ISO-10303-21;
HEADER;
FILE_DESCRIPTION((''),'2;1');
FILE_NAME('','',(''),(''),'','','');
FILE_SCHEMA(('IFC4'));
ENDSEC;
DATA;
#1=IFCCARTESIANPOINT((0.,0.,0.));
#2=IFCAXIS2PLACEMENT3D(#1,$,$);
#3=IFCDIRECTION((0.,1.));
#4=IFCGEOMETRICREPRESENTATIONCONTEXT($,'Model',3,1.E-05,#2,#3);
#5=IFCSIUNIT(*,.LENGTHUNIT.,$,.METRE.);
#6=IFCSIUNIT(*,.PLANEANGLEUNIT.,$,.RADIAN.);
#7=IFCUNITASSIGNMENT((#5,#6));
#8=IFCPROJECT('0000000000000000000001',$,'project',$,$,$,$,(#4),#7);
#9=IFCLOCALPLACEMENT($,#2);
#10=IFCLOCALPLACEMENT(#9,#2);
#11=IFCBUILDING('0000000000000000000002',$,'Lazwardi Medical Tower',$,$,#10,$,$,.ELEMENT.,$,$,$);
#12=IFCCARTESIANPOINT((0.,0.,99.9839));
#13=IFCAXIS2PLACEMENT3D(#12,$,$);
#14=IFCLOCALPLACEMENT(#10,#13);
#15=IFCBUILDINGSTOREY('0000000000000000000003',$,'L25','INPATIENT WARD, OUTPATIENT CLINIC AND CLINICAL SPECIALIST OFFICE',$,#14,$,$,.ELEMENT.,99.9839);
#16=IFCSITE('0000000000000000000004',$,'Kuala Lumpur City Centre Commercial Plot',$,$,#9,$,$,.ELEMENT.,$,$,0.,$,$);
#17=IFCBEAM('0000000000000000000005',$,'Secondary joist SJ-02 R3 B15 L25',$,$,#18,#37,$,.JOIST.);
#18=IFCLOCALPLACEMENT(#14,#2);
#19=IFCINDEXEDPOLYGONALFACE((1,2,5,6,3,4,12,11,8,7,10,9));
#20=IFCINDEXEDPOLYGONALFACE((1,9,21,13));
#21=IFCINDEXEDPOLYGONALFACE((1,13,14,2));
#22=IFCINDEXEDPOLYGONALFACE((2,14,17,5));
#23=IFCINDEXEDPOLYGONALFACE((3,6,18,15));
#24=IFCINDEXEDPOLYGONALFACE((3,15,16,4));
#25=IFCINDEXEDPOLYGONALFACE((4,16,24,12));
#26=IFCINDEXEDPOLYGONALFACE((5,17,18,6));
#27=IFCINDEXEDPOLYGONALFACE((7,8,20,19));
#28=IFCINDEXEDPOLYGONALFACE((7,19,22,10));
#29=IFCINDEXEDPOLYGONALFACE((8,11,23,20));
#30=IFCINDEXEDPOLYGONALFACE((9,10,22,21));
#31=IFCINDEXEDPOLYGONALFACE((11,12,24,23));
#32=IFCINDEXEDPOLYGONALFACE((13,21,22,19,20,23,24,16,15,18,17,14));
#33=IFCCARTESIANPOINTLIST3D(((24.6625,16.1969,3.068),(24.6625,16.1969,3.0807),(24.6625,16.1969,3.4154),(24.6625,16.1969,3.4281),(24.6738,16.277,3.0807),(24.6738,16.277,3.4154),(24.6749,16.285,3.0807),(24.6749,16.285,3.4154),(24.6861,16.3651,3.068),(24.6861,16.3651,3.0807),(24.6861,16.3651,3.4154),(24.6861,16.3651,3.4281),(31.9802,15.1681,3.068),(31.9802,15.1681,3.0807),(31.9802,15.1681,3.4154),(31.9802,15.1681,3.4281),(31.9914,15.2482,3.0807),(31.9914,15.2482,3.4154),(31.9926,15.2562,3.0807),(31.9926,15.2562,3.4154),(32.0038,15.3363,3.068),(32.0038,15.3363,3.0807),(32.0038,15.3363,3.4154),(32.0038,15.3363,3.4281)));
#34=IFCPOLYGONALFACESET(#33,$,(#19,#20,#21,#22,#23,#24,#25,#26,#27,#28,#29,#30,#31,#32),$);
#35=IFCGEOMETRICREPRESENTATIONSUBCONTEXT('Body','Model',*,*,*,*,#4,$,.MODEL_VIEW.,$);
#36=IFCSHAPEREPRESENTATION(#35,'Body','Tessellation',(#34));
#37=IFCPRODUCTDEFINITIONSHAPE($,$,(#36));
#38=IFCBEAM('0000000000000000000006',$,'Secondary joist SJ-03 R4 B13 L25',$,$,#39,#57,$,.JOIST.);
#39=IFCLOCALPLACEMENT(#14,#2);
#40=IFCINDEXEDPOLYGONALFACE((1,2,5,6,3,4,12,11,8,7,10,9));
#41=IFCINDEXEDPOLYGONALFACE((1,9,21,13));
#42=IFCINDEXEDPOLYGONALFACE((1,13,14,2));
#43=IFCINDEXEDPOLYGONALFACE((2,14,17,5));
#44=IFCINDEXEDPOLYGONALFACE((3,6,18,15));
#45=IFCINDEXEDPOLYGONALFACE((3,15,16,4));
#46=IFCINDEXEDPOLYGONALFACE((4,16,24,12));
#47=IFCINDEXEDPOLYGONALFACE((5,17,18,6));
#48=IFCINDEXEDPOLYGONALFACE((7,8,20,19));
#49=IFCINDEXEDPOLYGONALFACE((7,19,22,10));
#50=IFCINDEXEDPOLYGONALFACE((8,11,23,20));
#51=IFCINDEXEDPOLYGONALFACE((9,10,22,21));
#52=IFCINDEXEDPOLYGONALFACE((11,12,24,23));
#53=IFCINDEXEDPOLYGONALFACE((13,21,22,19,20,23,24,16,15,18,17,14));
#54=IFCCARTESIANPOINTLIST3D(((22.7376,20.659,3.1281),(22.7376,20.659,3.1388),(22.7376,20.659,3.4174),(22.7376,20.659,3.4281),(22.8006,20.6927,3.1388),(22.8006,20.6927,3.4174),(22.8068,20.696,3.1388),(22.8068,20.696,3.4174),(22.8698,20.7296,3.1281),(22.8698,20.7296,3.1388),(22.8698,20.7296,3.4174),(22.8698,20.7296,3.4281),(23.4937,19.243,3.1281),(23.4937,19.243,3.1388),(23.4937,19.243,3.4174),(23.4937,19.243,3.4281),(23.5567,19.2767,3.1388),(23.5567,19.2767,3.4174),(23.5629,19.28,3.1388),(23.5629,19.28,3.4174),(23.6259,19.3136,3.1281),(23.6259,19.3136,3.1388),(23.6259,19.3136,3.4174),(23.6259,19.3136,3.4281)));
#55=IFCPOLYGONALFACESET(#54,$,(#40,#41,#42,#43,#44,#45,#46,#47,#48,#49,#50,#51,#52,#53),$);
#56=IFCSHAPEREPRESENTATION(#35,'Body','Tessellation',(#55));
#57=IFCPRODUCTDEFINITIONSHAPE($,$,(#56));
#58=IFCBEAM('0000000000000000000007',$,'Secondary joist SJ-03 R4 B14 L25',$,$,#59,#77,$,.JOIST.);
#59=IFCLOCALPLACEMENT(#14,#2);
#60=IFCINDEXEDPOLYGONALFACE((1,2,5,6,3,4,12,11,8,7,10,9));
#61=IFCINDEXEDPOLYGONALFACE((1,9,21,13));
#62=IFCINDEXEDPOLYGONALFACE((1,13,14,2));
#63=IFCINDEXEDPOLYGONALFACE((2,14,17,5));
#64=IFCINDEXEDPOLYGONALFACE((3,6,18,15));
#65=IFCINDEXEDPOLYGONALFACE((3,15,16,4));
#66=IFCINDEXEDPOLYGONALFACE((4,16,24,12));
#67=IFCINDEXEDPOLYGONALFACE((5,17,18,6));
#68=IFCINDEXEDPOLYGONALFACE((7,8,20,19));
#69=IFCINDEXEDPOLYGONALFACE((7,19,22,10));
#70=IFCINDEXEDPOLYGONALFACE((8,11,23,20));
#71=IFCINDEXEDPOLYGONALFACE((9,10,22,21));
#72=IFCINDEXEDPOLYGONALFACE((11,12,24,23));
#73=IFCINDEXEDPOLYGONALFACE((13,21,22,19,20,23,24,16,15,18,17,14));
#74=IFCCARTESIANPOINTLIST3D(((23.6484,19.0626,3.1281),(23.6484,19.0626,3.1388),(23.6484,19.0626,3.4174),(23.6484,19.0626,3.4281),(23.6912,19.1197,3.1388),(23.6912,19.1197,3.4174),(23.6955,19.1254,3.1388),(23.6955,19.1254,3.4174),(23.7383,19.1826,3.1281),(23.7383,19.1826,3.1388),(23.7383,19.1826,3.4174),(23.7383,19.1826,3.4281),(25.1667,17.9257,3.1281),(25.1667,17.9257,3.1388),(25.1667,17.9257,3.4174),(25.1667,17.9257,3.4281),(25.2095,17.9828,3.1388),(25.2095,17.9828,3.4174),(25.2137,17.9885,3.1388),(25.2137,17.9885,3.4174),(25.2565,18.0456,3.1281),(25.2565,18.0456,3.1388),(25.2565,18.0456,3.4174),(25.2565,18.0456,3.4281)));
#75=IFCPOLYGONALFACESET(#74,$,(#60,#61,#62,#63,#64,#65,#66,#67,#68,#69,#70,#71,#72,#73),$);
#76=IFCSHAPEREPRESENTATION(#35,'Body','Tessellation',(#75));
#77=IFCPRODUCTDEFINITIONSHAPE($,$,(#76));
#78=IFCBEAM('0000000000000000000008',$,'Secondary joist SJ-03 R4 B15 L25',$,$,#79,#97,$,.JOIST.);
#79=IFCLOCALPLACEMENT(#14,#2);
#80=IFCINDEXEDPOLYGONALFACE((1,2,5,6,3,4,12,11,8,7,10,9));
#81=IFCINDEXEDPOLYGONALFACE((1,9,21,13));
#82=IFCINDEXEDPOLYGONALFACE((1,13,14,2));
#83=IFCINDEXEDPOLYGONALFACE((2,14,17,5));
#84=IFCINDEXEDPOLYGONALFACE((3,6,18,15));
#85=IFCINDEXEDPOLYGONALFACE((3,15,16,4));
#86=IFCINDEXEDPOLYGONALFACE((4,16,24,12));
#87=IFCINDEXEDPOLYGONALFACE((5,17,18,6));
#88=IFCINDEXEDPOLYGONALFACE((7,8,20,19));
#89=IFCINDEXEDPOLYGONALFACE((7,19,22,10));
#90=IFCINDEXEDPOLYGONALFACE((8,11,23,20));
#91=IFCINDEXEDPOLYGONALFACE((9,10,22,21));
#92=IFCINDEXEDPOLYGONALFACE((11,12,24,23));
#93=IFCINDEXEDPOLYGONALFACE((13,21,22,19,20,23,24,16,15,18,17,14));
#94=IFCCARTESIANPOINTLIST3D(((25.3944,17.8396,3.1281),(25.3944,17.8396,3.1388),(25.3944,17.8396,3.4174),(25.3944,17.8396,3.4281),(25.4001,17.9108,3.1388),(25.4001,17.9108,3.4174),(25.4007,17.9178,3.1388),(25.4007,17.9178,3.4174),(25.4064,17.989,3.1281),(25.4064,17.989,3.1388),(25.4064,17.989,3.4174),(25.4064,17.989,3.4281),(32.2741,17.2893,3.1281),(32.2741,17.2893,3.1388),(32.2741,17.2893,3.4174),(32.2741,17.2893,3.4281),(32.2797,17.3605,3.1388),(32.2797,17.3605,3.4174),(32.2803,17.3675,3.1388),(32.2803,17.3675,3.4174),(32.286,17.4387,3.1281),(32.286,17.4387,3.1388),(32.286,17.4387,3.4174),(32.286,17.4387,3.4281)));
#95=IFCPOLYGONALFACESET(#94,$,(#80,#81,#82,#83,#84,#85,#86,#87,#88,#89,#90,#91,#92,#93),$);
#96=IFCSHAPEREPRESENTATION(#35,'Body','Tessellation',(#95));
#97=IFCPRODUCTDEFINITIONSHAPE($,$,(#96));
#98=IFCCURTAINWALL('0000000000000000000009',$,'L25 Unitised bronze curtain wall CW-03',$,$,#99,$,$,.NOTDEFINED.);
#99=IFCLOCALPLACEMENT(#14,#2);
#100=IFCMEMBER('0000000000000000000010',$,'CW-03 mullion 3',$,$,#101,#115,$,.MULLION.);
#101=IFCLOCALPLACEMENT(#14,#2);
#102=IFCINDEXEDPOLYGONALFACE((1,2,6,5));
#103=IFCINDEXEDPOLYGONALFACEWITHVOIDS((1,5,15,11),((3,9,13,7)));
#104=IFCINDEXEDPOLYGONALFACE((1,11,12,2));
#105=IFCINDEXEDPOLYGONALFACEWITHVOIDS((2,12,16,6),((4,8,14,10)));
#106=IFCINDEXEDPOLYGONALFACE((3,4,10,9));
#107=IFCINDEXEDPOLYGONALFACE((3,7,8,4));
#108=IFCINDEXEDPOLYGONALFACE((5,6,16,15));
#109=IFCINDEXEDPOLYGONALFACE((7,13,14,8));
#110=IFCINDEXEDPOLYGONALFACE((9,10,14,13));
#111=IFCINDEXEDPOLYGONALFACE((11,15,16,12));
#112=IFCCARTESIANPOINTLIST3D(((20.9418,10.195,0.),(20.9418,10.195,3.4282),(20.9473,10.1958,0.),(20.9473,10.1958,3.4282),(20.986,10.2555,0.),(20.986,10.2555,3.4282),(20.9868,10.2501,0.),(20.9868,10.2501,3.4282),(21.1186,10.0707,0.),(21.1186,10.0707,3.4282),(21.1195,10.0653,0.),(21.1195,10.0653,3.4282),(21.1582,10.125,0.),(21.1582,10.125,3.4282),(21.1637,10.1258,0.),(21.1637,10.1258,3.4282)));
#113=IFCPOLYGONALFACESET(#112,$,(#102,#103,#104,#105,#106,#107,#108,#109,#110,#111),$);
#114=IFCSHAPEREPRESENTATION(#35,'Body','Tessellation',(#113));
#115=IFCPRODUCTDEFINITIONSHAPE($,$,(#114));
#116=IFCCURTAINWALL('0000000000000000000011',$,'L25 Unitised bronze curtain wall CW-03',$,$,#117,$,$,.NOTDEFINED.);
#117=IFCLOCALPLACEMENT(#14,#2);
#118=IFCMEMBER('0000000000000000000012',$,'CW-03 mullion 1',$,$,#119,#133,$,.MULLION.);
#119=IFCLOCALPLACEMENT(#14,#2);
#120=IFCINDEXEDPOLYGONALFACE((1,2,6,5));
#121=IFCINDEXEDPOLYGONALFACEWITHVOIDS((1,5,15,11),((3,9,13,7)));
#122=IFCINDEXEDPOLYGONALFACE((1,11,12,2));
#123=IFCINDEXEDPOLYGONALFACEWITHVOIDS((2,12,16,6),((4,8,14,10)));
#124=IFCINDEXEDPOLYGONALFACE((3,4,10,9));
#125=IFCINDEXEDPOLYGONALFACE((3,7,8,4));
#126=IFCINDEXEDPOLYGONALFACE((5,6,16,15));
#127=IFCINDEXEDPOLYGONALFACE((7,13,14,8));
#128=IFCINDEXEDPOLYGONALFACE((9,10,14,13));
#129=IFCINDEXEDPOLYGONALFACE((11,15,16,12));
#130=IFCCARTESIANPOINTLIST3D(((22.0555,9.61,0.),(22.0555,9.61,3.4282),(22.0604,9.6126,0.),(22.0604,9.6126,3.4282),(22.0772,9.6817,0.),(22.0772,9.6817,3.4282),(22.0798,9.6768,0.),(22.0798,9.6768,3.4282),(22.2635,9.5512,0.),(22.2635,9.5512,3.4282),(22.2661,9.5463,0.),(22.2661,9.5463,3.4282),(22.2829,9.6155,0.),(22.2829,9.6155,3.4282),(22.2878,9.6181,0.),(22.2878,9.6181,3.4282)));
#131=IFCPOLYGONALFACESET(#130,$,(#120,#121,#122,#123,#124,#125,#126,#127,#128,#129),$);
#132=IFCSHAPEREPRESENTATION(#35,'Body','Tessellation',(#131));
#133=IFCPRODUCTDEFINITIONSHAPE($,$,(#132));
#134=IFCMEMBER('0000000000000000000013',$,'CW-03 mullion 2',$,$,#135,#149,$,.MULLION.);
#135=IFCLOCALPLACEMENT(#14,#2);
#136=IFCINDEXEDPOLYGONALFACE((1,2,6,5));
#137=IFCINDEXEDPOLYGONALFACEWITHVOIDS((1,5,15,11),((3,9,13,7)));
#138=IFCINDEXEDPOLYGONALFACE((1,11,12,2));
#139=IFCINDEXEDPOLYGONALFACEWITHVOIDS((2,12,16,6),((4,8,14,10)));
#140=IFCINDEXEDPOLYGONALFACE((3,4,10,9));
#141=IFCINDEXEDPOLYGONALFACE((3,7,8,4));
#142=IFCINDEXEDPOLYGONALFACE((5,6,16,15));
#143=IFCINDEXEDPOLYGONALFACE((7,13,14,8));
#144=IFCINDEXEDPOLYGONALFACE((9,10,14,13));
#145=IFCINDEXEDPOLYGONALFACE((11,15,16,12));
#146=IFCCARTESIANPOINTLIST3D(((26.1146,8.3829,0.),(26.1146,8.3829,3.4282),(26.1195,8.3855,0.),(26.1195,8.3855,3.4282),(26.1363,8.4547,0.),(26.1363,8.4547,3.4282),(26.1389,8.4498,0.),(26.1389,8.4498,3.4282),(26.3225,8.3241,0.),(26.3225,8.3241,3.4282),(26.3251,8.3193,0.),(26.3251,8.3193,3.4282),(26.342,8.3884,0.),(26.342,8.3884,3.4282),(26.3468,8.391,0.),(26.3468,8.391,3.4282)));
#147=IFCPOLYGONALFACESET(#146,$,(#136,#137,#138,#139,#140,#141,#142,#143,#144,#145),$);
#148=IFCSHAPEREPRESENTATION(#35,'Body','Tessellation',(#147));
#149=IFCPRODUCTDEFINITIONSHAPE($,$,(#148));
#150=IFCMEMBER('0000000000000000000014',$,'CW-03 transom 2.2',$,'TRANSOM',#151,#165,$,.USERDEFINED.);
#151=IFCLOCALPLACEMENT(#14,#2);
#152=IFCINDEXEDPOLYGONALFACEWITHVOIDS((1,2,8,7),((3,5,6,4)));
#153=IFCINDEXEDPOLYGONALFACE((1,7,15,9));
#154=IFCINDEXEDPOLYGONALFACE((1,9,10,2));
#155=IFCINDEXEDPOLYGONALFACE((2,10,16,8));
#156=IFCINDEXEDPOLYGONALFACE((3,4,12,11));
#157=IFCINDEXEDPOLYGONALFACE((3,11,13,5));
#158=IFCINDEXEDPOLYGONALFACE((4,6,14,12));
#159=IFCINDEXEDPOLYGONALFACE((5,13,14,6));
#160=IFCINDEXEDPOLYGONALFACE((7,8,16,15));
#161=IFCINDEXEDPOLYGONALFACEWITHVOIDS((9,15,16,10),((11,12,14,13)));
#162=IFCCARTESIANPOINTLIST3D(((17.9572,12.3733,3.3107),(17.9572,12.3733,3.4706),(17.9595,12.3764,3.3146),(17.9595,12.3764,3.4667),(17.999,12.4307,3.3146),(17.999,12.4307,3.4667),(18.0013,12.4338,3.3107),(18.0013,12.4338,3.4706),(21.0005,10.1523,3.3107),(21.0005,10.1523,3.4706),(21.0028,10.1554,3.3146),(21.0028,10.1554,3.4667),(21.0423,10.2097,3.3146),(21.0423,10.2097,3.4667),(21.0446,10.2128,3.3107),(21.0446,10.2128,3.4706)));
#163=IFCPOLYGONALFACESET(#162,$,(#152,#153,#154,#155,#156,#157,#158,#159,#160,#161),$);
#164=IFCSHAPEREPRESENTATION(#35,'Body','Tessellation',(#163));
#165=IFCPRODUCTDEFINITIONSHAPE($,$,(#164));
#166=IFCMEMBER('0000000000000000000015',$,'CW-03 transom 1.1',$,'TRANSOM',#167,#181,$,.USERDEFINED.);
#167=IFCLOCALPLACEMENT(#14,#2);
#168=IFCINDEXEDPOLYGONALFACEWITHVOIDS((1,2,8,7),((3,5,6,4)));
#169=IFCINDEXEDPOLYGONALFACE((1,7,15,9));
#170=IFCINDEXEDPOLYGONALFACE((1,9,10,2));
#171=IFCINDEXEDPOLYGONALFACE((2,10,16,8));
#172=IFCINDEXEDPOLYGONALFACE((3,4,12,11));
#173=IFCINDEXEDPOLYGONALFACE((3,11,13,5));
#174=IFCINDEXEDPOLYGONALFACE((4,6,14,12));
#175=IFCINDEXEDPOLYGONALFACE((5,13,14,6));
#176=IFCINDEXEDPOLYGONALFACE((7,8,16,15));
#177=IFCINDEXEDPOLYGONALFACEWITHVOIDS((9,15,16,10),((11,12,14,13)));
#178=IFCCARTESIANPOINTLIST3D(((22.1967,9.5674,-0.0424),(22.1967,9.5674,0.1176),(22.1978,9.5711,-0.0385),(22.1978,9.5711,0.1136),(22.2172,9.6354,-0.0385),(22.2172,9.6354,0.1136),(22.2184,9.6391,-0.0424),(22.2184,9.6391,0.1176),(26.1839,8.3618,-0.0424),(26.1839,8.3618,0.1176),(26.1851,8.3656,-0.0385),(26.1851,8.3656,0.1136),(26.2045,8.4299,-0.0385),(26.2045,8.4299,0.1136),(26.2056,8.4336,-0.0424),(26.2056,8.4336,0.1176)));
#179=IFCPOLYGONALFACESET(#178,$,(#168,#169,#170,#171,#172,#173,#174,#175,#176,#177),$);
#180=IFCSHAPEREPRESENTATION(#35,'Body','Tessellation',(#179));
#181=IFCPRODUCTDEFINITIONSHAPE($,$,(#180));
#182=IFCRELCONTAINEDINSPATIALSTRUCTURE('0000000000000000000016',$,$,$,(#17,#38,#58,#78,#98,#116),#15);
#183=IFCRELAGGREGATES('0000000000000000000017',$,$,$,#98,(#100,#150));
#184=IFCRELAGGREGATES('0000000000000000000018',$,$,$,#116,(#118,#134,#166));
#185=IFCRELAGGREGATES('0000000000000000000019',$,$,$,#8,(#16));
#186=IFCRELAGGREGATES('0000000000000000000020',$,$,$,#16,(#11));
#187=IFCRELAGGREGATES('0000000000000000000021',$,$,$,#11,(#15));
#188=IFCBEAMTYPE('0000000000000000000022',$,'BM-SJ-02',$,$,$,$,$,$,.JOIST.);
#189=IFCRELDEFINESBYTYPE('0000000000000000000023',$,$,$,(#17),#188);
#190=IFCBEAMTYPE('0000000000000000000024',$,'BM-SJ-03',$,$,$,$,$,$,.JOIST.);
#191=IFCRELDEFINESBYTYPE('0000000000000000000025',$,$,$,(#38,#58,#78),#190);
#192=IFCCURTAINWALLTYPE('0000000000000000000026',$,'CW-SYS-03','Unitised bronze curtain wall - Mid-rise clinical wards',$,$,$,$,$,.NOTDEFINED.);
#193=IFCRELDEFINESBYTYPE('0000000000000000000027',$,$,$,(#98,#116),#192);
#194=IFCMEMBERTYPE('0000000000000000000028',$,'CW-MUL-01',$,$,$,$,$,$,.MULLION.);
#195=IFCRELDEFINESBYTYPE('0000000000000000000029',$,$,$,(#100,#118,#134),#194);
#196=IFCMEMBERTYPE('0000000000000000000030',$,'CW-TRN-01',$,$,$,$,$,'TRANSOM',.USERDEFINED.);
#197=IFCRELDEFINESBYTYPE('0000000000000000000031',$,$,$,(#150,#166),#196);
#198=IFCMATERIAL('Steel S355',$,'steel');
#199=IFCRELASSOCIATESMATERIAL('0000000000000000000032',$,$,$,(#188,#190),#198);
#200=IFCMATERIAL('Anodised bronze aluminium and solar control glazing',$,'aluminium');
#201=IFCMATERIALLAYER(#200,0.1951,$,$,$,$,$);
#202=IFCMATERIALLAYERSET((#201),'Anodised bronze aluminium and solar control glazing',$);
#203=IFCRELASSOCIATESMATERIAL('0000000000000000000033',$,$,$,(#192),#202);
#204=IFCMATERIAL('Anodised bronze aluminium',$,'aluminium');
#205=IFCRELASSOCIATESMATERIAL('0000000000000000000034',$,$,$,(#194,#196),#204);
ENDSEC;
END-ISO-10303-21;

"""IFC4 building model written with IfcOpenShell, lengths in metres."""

from ifc_helpers import new_model, si_unit, direction, frame, origin, origin_2d, place, context, subcontext, project, spatial, hollow_rectangle, i_section, extrude, material, layer, layer_set, material_profile, profile_set, type_object, element, aggregate, save


model = new_model("IFC4")

# Units and contexts
model_context = context("Model", 3, precision=1e-05, world=origin(), true_north=direction((0.0, 1.0)))
body_context = subcontext(model_context, "Body", "Model", "MODEL_VIEW")
ifc_project = project(units=[si_unit("LENGTHUNIT", "METRE"), si_unit("PLANEANGLEUNIT", "RADIAN")], contexts=[model_context])

# Site, building, storey
site_placement = place(None, origin())
site = spatial("IfcSite", under=ifc_project, at=site_placement, Name="Kuala Lumpur City Centre Commercial Plot", CompositionType="ELEMENT", RefElevation=0.0)
building_placement = place(site_placement, origin())
building = spatial("IfcBuilding", under=site, at=building_placement, Name="Lazwardi Medical Tower", CompositionType="ELEMENT")
storey_placement = place(building_placement, frame((0.0, 0.0, 99.9839)))
storey = spatial("IfcBuildingStorey", under=building, at=storey_placement, Name="L25", Description="INPATIENT WARD, OUTPATIENT CLINIC AND CLINICAL SPECIALIST OFFICE", CompositionType="ELEMENT", Elevation=99.9839)

# Beams
ifc_material_1 = material(Name="Steel S355", Category="steel")
ifc_material_profile_1 = material_profile(ifc_material_1, i_section(OverallWidth=0.1699, OverallDepth=0.3601, WebThickness=0.0081, FlangeThickness=0.0127, at=origin_2d()), Name="IPE 360")
ifc_profile_set_1 = profile_set([ifc_material_profile_1], Name="Steel S355")
beam_type_1 = type_object("IfcBeamType", Name="BM-SJ-02", PredefinedType="JOIST", material=ifc_profile_set_1)
beam_1_placement = place(storey_placement, frame((24.6743, 16.281, 3.248), z_axis=(0.990261, -0.139224, 0.0), x_axis=(0.139224, 0.990261, 0.0)))
element("IfcBeam", 1, at=beam_1_placement, inside=storey, type_object=beam_type_1, Name="Secondary joist SJ-02 R3 B15 L25", PredefinedType="JOIST", context=body_context, shape_type="SweptSolid", body=[
    extrude(i_section(OverallWidth=0.1699, OverallDepth=0.3601, WebThickness=0.0081, FlangeThickness=0.0127, at=origin_2d()), origin(), (0.0, 0.0, 1.0), 7.3896),
])
ifc_material_profile_2 = material_profile(ifc_material_1, i_section(OverallWidth=0.1499, OverallDepth=0.3, WebThickness=0.0071, FlangeThickness=0.0107, at=origin_2d()), Name="IPE 300")
ifc_profile_set_2 = profile_set([ifc_material_profile_2], Name="Steel S355")
beam_type_2 = type_object("IfcBeamType", Name="BM-SJ-03", PredefinedType="JOIST", material=ifc_profile_set_2)
beam_2_placement = place(storey_placement, frame((22.8037, 20.6943, 3.2781), z_axis=(0.471022, -0.882121, 0.0), x_axis=(0.882121, 0.471022, 0.0)))
element("IfcBeam", 2, at=beam_2_placement, inside=storey, type_object=beam_type_2, Name="Secondary joist SJ-03 R4 B13 L25", PredefinedType="JOIST", context=body_context, shape_type="SweptSolid", body=[
    extrude(i_section(OverallWidth=0.1499, OverallDepth=0.3, WebThickness=0.0071, FlangeThickness=0.0107, at=origin_2d()), origin(), (0.0, 0.0, 1.0), 1.6052),
])
beam_3_placement = place(storey_placement, frame((23.6934, 19.1226, 3.2781), z_axis=(0.800448, -0.599403, 0.0), x_axis=(0.599403, 0.800448, 0.0)))
element("IfcBeam", 3, at=beam_3_placement, inside=storey, type_object=beam_type_2, Name="Secondary joist SJ-03 R4 B14 L25", PredefinedType="JOIST", context=body_context, shape_type="SweptSolid", body=[
    extrude(i_section(OverallWidth=0.1499, OverallDepth=0.3, WebThickness=0.0071, FlangeThickness=0.0107, at=origin_2d()), origin(), (0.0, 0.0, 1.0), 1.8967),
])
beam_4_placement = place(storey_placement, frame((25.4004, 17.9143, 3.2781), z_axis=(0.996816, -0.079734, 0.0), x_axis=(0.079734, 0.996816, 0.0)))
element("IfcBeam", 4, at=beam_4_placement, inside=storey, type_object=beam_type_2, Name="Secondary joist SJ-03 R4 B15 L25", PredefinedType="JOIST", context=body_context, shape_type="SweptSolid", body=[
    extrude(i_section(OverallWidth=0.1499, OverallDepth=0.3, WebThickness=0.0071, FlangeThickness=0.0107, at=origin_2d()), origin(), (0.0, 0.0, 1.0), 6.9016),
])

# Curtain wall, member
ifc_material_2 = material(Name="Anodised bronze aluminium and solar control glazing", Category="aluminium")
ifc_layer_1 = layer(ifc_material_2, 0.1951)
ifc_layer_set_1 = layer_set([ifc_layer_1], Name="Anodised bronze aluminium and solar control glazing")
curtain_wall_type = type_object("IfcCurtainWallType", Name="CW-SYS-03", Description="Unitised bronze curtain wall - Mid-rise clinical wards", PredefinedType="NOTDEFINED", material=ifc_layer_set_1)
curtain_wall_1_placement = place(storey_placement, origin())
curtain_wall_1 = element("IfcCurtainWall", 5, at=curtain_wall_1_placement, inside=storey, type_object=curtain_wall_type, Name="L25 Unitised bronze curtain wall CW-03", PredefinedType="NOTDEFINED")
ifc_material_3 = material(Name="Anodised bronze aluminium", Category="aluminium")
ifc_material_profile_3 = material_profile(ifc_material_3, hollow_rectangle(XDim=0.075, YDim=0.22, WallThickness=0.0039, at=origin_2d()), Name="ALU-MULLION 220x75x4")
ifc_profile_set_3 = profile_set([ifc_material_profile_3], Name="Anodised bronze aluminium")
member_type_1 = type_object("IfcMemberType", Name="CW-MUL-01", PredefinedType="MULLION", material=ifc_profile_set_3)
member_1_placement = place(storey_placement, frame((21.0527, 10.1604, 0.0), z_axis=(0.0, 0.0, 1.0), x_axis=(0.589531, 0.807746, 0.0)))
member_1 = element("IfcMember", 6, at=member_1_placement, type_object=member_type_1, Name="CW-03 mullion 3", PredefinedType="MULLION", context=body_context, shape_type="SweptSolid", body=[
    extrude(hollow_rectangle(XDim=0.075, YDim=0.22, WallThickness=0.0039, at=origin_2d()), origin(), (0.0, 0.0, 1.0), 3.4282),
])

# Curtain wall, members
curtain_wall_2_placement = place(storey_placement, origin())
curtain_wall_2 = element("IfcCurtainWall", 7, at=curtain_wall_2_placement, inside=storey, type_object=curtain_wall_type, Name="L25 Unitised bronze curtain wall CW-03", PredefinedType="NOTDEFINED")
member_2_placement = place(storey_placement, frame((22.1716, 9.614, 0.0), z_axis=(0.0, 0.0, 1.0), x_axis=(0.289374, 0.957216, 0.0)))
member_2 = element("IfcMember", 8, at=member_2_placement, type_object=member_type_1, Name="CW-03 mullion 1", PredefinedType="MULLION", context=body_context, shape_type="SweptSolid", body=[
    extrude(hollow_rectangle(XDim=0.075, YDim=0.22, WallThickness=0.0039, at=origin_2d()), origin(), (0.0, 0.0, 1.0), 3.4282),
])
member_3_placement = place(storey_placement, frame((26.2307, 8.387, 0.0), z_axis=(0.0, 0.0, 1.0), x_axis=(0.289374, 0.957216, 0.0)))
member_3 = element("IfcMember", 9, at=member_3_placement, type_object=member_type_1, Name="CW-03 mullion 2", PredefinedType="MULLION", context=body_context, shape_type="SweptSolid", body=[
    extrude(hollow_rectangle(XDim=0.075, YDim=0.22, WallThickness=0.0039, at=origin_2d()), origin(), (0.0, 0.0, 1.0), 3.4282),
])

# Members
ifc_material_profile_4 = material_profile(ifc_material_3, hollow_rectangle(XDim=0.075, YDim=0.1599, WallThickness=0.0039, at=origin_2d()), Name="ALU-TRANSOM 160x75x4")
ifc_profile_set_4 = profile_set([ifc_material_profile_4], Name="Anodised bronze aluminium")
member_type_2 = type_object("IfcMemberType", Name="CW-TRN-01", ElementType="TRANSOM", PredefinedType="USERDEFINED", material=ifc_profile_set_4)
member_4_placement = place(storey_placement, frame((17.9792, 12.4036, 3.3906), z_axis=(0.807763, -0.589508, 0.0), x_axis=(0.589508, 0.807763, 0.0)))
member_4 = element("IfcMember", 10, at=member_4_placement, type_object=member_type_2, Name="CW-03 transom 2.2", ObjectType="TRANSOM", PredefinedType="USERDEFINED", context=body_context, shape_type="SweptSolid", body=[
    extrude(hollow_rectangle(XDim=0.075, YDim=0.1599, WallThickness=0.0039, at=origin_2d()), origin(), (0.0, 0.0, 1.0), 3.7676),
])
member_5_placement = place(storey_placement, frame((22.2075, 9.6033, 0.0376), z_axis=(0.957205, -0.289412, 0.0), x_axis=(0.289412, 0.957205, 0.0)))
member_5 = element("IfcMember", 11, at=member_5_placement, type_object=member_type_2, Name="CW-03 transom 1.1", ObjectType="TRANSOM", PredefinedType="USERDEFINED", context=body_context, shape_type="SweptSolid", body=[
    extrude(hollow_rectangle(XDim=0.075, YDim=0.1599, WallThickness=0.0039, at=origin_2d()), origin(), (0.0, 0.0, 1.0), 4.1655),
])

aggregate(curtain_wall_1, [member_1, member_4])
aggregate(curtain_wall_2, [member_2, member_3, member_5])

save(model, "model.ifc")
